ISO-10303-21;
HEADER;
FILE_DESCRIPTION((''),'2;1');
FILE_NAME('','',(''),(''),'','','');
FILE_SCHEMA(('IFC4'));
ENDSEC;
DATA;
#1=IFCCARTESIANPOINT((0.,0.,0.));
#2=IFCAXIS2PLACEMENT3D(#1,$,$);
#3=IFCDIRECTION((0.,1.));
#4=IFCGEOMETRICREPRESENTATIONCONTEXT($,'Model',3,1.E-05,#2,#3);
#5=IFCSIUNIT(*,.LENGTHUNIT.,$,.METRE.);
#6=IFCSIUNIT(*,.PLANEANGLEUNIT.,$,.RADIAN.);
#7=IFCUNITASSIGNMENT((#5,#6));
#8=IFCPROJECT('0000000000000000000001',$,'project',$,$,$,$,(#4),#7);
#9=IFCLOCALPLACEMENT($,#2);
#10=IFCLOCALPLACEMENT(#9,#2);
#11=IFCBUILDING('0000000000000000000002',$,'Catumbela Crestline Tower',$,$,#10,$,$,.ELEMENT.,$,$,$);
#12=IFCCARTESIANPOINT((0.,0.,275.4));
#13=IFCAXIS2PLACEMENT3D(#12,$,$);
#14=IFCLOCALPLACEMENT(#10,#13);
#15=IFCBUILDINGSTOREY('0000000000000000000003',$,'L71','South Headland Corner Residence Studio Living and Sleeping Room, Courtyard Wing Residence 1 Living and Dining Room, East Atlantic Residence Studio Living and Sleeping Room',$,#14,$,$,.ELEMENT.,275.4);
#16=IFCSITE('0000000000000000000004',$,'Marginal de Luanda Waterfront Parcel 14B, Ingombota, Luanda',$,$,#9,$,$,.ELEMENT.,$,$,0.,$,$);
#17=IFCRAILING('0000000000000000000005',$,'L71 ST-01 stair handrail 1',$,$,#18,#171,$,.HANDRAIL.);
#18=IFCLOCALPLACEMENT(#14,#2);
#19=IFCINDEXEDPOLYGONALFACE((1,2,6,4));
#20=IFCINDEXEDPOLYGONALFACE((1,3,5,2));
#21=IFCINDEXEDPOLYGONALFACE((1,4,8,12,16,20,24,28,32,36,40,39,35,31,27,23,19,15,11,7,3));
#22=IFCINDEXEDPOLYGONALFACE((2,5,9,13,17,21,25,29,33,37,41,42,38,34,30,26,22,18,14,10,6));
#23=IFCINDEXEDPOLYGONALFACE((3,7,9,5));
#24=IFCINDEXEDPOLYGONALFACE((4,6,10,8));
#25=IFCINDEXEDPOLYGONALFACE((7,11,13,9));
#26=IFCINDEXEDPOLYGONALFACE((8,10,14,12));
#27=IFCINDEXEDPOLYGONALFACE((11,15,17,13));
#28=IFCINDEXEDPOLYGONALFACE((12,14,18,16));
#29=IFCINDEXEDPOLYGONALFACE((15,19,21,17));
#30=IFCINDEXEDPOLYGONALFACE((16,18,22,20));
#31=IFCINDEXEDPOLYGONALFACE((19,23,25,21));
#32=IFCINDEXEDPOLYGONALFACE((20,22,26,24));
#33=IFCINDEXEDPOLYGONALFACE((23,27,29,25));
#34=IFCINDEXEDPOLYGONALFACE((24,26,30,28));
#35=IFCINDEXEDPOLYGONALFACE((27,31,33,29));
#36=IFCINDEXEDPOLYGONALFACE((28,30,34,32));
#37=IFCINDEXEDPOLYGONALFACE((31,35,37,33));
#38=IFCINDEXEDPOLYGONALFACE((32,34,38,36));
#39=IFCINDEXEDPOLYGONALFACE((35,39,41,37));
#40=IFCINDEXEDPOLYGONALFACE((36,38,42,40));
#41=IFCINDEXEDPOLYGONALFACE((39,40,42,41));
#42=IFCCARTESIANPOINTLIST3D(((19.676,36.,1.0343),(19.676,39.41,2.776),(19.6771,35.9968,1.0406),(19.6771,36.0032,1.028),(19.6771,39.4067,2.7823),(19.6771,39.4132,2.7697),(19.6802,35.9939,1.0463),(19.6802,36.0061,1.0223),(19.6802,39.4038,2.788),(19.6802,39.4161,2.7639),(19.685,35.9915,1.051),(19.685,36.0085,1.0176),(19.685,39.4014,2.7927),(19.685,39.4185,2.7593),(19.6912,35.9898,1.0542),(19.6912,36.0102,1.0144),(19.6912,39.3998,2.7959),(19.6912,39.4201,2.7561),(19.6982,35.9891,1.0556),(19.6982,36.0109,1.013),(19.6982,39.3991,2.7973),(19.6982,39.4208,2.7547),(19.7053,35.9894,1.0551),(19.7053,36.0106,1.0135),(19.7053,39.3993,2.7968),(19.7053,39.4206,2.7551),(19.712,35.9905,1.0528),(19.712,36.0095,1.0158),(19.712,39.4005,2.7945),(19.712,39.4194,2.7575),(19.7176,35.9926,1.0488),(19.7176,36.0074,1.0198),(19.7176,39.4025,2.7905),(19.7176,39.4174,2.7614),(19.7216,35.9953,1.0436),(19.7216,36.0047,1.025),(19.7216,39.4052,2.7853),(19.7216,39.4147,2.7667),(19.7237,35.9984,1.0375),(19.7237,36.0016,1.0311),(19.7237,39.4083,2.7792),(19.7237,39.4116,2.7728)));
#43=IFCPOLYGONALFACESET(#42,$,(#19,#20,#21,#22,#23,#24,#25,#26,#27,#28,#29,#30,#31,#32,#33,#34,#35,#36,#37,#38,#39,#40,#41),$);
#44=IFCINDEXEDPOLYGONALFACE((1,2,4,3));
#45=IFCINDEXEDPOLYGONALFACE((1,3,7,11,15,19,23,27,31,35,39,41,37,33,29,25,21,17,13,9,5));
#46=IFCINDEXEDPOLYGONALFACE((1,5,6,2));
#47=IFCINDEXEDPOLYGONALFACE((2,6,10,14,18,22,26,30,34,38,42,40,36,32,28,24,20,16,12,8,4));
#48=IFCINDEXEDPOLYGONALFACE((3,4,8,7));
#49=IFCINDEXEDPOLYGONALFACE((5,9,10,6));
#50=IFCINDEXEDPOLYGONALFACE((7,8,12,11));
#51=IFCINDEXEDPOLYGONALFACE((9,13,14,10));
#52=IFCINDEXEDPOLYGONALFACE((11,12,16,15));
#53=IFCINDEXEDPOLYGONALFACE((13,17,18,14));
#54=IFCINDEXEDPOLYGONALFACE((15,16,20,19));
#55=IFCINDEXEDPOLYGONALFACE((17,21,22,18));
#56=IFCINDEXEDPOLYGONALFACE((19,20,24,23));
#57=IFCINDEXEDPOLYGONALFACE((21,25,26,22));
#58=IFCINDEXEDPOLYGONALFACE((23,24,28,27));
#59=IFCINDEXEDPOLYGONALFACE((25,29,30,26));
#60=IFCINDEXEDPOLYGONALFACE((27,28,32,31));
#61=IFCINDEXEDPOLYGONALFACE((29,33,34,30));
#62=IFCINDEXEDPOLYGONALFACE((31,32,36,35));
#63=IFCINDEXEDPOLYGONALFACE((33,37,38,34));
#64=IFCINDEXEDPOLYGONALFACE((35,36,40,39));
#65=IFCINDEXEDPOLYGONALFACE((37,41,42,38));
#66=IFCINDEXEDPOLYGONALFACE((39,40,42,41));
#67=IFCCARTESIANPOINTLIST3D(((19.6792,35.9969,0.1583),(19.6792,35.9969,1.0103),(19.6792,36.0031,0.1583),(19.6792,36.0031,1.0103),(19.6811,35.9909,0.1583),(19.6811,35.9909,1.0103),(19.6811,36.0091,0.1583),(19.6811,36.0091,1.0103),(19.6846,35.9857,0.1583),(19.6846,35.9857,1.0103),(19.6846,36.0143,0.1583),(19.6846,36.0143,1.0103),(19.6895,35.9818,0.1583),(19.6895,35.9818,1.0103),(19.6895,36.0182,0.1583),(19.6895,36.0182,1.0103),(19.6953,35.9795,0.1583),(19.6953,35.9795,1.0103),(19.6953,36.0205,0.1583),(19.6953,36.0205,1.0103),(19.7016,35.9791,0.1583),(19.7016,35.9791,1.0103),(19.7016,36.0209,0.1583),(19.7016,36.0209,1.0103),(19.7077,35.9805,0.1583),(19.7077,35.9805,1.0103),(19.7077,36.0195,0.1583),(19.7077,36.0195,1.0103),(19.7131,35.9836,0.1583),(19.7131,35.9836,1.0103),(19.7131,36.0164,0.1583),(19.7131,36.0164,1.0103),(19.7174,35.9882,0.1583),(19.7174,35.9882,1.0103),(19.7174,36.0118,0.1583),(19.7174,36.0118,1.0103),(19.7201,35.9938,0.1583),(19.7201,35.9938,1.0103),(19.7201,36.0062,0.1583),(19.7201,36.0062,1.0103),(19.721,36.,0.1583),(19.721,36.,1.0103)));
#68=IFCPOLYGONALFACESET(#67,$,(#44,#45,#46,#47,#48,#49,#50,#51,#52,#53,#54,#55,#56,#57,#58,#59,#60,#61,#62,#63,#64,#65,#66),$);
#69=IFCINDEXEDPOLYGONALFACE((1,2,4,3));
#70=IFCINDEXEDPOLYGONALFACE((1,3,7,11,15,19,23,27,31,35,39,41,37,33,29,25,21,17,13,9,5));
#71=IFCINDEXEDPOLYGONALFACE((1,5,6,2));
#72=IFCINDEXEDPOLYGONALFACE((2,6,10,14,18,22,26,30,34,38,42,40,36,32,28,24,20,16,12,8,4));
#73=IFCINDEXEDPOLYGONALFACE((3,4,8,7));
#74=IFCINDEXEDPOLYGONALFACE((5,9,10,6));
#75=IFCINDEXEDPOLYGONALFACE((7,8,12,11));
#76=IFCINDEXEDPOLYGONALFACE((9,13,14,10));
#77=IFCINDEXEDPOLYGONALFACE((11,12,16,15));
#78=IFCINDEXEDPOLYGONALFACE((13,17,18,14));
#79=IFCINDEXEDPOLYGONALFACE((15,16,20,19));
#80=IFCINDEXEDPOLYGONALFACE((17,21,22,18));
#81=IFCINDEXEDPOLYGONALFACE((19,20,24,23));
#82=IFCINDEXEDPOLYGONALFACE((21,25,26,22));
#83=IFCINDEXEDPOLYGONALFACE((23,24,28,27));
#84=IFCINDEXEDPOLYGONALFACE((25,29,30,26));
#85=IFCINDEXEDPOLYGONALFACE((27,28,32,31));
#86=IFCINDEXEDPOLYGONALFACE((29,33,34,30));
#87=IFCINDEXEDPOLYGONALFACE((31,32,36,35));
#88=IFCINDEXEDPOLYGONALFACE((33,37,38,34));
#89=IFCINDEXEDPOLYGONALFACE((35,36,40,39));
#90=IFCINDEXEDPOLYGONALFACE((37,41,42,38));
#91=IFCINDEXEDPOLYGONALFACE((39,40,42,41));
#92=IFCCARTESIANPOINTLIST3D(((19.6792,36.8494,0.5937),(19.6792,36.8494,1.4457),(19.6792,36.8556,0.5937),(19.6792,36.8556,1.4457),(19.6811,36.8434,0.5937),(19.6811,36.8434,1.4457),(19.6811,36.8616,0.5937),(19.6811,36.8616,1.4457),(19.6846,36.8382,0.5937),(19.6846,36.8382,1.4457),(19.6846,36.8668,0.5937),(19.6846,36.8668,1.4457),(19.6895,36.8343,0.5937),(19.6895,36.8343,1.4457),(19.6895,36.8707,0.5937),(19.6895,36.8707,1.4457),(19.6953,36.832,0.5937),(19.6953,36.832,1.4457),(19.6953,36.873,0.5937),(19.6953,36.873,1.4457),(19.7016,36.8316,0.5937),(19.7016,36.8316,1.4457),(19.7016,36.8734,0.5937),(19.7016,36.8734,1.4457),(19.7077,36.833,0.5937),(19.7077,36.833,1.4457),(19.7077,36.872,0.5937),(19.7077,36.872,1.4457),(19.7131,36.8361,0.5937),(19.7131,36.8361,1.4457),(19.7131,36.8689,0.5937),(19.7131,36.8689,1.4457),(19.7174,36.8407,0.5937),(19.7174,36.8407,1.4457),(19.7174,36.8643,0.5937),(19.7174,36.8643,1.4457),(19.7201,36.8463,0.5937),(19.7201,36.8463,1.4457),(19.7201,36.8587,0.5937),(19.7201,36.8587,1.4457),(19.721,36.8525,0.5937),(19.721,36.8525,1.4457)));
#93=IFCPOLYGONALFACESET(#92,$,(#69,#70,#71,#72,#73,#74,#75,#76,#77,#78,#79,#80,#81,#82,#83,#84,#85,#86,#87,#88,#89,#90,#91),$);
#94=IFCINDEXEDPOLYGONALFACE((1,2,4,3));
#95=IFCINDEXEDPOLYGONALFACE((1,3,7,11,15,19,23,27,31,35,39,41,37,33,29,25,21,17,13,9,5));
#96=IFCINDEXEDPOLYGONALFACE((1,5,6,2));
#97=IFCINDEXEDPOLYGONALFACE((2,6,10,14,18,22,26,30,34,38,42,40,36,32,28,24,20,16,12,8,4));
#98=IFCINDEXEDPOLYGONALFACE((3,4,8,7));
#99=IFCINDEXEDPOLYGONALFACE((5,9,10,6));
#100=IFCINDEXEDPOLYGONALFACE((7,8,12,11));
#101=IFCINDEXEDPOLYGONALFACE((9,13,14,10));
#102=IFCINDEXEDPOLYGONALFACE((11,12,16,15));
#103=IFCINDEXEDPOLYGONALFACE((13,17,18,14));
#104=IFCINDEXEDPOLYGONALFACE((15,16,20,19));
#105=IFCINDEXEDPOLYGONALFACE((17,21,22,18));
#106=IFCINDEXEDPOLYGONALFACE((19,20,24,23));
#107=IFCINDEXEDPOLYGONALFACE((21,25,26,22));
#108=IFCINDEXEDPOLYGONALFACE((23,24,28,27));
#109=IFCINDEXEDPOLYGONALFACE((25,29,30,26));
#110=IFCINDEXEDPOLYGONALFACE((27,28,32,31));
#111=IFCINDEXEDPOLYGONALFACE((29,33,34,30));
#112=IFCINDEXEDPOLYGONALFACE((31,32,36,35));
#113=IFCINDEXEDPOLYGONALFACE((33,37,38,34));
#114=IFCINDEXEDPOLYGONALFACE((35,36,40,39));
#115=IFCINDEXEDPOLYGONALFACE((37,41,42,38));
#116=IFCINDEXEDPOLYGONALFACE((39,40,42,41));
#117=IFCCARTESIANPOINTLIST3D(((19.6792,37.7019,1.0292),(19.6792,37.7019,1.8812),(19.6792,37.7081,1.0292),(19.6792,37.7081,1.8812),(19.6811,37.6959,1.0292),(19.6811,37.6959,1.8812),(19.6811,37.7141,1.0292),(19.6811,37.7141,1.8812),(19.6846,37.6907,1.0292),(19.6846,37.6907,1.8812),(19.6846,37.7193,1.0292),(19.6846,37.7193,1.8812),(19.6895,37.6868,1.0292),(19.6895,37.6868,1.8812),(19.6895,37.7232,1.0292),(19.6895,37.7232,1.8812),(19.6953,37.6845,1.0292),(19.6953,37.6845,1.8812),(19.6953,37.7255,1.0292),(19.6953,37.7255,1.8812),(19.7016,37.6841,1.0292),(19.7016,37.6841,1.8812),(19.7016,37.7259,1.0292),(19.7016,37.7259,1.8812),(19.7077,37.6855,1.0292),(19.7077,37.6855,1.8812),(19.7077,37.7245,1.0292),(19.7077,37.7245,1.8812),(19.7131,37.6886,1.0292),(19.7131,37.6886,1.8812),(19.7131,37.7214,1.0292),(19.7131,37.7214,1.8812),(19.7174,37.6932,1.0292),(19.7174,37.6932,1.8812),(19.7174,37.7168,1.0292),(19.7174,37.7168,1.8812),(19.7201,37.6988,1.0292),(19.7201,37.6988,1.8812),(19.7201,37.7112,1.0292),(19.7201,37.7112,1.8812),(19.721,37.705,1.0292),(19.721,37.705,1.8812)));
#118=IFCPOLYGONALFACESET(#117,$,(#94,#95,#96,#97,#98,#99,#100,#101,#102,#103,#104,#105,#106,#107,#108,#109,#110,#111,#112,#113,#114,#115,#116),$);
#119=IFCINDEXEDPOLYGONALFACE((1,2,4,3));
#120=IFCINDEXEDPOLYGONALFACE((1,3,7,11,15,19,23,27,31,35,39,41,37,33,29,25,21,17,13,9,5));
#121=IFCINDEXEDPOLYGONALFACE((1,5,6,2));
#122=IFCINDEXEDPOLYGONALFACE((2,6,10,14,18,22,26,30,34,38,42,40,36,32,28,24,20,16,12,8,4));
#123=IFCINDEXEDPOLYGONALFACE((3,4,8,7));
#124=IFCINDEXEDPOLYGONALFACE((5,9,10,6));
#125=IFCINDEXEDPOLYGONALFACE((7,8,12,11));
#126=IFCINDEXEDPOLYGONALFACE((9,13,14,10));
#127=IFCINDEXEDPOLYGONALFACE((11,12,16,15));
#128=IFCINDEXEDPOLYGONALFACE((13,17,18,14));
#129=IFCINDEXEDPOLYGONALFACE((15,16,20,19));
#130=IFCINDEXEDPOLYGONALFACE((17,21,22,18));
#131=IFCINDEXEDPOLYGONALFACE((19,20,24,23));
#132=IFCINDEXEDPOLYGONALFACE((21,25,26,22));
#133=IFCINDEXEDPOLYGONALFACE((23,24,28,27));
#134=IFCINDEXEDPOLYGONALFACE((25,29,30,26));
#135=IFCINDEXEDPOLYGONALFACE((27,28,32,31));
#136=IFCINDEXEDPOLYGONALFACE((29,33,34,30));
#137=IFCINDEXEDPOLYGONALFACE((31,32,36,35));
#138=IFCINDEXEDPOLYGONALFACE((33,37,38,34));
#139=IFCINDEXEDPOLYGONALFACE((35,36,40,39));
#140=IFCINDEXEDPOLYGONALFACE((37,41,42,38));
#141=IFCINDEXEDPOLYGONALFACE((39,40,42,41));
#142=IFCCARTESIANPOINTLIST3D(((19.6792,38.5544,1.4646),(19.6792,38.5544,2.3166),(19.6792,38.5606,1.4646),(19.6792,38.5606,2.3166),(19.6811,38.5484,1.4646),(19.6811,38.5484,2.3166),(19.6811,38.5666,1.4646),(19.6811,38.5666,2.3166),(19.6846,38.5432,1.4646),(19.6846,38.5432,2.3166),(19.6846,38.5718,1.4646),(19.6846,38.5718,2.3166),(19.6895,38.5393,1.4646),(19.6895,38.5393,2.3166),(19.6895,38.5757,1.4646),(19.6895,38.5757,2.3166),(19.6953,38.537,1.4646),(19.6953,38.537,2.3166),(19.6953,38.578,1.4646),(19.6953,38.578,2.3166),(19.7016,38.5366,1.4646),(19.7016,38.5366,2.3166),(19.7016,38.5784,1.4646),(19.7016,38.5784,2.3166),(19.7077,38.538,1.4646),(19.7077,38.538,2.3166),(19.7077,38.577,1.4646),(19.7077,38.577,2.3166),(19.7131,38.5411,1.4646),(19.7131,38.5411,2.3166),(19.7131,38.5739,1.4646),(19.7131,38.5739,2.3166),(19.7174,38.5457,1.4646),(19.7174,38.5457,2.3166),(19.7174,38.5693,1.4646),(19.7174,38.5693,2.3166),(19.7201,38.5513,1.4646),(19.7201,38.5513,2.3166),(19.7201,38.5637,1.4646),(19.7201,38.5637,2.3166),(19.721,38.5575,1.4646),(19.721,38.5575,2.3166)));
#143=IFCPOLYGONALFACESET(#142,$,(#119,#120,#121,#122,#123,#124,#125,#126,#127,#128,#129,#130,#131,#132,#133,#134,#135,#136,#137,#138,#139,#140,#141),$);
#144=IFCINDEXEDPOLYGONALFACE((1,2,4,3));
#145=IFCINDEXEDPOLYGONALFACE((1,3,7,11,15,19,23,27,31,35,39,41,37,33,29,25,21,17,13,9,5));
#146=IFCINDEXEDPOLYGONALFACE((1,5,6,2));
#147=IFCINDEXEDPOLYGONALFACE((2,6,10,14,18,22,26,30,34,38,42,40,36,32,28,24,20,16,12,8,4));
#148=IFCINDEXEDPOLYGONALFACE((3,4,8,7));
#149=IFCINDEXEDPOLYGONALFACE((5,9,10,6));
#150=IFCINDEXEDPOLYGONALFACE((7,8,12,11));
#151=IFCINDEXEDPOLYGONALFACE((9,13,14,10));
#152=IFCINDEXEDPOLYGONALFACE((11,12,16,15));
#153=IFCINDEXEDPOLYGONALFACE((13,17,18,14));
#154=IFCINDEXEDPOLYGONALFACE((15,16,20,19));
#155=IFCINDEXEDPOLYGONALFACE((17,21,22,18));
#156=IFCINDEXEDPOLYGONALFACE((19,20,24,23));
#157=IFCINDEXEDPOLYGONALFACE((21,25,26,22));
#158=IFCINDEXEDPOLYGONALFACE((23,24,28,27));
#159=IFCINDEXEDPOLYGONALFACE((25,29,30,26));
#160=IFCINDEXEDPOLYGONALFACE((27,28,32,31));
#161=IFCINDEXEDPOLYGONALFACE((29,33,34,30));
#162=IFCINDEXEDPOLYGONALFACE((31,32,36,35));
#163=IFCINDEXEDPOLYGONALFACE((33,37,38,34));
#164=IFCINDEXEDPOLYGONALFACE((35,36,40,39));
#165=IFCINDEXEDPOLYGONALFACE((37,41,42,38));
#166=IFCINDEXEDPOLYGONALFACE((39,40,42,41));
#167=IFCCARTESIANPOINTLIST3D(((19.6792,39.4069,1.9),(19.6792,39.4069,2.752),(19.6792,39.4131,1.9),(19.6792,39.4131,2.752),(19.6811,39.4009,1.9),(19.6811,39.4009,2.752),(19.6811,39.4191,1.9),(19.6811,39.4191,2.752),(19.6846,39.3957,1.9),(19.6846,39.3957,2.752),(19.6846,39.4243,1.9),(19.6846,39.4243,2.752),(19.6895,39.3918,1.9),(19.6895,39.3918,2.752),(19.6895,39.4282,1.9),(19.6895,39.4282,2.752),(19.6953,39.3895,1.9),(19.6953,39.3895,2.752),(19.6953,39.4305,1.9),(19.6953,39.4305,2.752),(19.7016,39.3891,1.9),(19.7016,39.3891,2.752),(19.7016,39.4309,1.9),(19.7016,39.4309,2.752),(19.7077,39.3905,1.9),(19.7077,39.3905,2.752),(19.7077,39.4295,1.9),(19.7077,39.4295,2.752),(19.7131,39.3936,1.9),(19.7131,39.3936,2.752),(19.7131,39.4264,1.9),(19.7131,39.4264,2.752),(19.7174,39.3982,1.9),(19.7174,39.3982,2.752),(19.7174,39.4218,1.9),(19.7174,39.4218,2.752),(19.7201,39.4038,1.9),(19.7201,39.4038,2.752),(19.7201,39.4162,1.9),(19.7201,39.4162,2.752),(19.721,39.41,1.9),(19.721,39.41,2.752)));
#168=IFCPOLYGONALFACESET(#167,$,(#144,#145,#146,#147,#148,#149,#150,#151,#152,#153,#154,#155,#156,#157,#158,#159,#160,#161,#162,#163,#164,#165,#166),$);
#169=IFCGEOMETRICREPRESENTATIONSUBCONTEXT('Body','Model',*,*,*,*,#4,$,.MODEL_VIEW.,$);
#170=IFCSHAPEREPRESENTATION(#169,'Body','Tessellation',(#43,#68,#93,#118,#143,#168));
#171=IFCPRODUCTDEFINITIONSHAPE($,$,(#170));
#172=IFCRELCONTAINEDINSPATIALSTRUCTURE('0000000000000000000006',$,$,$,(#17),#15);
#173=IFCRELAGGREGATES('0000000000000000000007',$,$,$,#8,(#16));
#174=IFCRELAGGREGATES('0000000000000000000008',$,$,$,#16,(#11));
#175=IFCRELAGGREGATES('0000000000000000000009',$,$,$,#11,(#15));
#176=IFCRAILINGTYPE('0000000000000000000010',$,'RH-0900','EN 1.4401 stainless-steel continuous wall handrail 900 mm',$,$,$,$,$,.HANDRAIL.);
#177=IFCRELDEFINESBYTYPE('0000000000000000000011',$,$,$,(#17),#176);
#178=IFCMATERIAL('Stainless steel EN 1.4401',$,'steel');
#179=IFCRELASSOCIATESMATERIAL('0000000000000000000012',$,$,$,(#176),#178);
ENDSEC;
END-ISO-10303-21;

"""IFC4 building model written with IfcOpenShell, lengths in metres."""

from ifc_helpers import new_model, si_unit, direction, frame, origin, origin_2d, place, context, subcontext, project, spatial, circle, extrude, material, type_object, element, save


model = new_model("IFC4")

# Units and contexts
model_context = context("Model", 3, precision=1e-05, world=origin(), true_north=direction((0.0, 1.0)))
body_context = subcontext(model_context, "Body", "Model", "MODEL_VIEW")
ifc_project = project(units=[si_unit("LENGTHUNIT", "METRE"), si_unit("PLANEANGLEUNIT", "RADIAN")], contexts=[model_context])

# Site, building, storey
site_placement = place(None, origin())
site = spatial("IfcSite", under=ifc_project, at=site_placement, Name="Marginal de Luanda Waterfront Parcel 14B, Ingombota, Luanda", CompositionType="ELEMENT", RefElevation=0.0)
building_placement = place(site_placement, origin())
building = spatial("IfcBuilding", under=site, at=building_placement, Name="Catumbela Crestline Tower", CompositionType="ELEMENT")
storey_placement = place(building_placement, frame((0.0, 0.0, 275.4)))
storey = spatial("IfcBuildingStorey", under=building, at=storey_placement, Name="L71", Description="South Headland Corner Residence Studio Living and Sleeping Room, Courtyard Wing Residence 1 Living and Dining Room, East Atlantic Residence Studio Living and Sleeping Room", CompositionType="ELEMENT", Elevation=275.4)

# Shared definitions
ifc_material_1 = material(Name="Stainless steel EN 1.4401", Category="steel")

# Railing
railing_type_1 = type_object("IfcRailingType", Name="RH-0900", Description="EN 1.4401 stainless-steel continuous wall handrail 900 mm", PredefinedType="HANDRAIL", material=ifc_material_1)
railing_1_placement = place(storey_placement, frame((19.7, 36.0, 0.1583)))
element("IfcRailing", 1, at=railing_1_placement, inside=storey, type_object=railing_type_1, Name="L71 ST-01 stair handrail 1", PredefinedType="HANDRAIL", context=body_context, shape_type="SweptSolid", body=[
    extrude(circle(Radius=0.024, at=origin_2d()), frame((0.0, 0.0, 0.876), z_axis=(0.0, 0.89056, 0.454865), x_axis=(-1.0, 0.0, 0.0)), (0.0, 0.0, 1.0), 3.829),
    extrude(circle(Radius=0.021, at=origin_2d()), origin(), (0.0, 0.0, 1.0), 0.852),
    extrude(circle(Radius=0.021, at=origin_2d()), frame((0.0, 0.8525, 0.4354)), (0.0, 0.0, 1.0), 0.852),
    extrude(circle(Radius=0.021, at=origin_2d()), frame((0.0, 1.705, 0.8709)), (0.0, 0.0, 1.0), 0.852),
    extrude(circle(Radius=0.021, at=origin_2d()), frame((0.0, 2.5575, 1.3063)), (0.0, 0.0, 1.0), 0.852),
    extrude(circle(Radius=0.021, at=origin_2d()), frame((0.0, 3.41, 1.7417)), (0.0, 0.0, 1.0), 0.852),
])

save(model, "model.ifc")
